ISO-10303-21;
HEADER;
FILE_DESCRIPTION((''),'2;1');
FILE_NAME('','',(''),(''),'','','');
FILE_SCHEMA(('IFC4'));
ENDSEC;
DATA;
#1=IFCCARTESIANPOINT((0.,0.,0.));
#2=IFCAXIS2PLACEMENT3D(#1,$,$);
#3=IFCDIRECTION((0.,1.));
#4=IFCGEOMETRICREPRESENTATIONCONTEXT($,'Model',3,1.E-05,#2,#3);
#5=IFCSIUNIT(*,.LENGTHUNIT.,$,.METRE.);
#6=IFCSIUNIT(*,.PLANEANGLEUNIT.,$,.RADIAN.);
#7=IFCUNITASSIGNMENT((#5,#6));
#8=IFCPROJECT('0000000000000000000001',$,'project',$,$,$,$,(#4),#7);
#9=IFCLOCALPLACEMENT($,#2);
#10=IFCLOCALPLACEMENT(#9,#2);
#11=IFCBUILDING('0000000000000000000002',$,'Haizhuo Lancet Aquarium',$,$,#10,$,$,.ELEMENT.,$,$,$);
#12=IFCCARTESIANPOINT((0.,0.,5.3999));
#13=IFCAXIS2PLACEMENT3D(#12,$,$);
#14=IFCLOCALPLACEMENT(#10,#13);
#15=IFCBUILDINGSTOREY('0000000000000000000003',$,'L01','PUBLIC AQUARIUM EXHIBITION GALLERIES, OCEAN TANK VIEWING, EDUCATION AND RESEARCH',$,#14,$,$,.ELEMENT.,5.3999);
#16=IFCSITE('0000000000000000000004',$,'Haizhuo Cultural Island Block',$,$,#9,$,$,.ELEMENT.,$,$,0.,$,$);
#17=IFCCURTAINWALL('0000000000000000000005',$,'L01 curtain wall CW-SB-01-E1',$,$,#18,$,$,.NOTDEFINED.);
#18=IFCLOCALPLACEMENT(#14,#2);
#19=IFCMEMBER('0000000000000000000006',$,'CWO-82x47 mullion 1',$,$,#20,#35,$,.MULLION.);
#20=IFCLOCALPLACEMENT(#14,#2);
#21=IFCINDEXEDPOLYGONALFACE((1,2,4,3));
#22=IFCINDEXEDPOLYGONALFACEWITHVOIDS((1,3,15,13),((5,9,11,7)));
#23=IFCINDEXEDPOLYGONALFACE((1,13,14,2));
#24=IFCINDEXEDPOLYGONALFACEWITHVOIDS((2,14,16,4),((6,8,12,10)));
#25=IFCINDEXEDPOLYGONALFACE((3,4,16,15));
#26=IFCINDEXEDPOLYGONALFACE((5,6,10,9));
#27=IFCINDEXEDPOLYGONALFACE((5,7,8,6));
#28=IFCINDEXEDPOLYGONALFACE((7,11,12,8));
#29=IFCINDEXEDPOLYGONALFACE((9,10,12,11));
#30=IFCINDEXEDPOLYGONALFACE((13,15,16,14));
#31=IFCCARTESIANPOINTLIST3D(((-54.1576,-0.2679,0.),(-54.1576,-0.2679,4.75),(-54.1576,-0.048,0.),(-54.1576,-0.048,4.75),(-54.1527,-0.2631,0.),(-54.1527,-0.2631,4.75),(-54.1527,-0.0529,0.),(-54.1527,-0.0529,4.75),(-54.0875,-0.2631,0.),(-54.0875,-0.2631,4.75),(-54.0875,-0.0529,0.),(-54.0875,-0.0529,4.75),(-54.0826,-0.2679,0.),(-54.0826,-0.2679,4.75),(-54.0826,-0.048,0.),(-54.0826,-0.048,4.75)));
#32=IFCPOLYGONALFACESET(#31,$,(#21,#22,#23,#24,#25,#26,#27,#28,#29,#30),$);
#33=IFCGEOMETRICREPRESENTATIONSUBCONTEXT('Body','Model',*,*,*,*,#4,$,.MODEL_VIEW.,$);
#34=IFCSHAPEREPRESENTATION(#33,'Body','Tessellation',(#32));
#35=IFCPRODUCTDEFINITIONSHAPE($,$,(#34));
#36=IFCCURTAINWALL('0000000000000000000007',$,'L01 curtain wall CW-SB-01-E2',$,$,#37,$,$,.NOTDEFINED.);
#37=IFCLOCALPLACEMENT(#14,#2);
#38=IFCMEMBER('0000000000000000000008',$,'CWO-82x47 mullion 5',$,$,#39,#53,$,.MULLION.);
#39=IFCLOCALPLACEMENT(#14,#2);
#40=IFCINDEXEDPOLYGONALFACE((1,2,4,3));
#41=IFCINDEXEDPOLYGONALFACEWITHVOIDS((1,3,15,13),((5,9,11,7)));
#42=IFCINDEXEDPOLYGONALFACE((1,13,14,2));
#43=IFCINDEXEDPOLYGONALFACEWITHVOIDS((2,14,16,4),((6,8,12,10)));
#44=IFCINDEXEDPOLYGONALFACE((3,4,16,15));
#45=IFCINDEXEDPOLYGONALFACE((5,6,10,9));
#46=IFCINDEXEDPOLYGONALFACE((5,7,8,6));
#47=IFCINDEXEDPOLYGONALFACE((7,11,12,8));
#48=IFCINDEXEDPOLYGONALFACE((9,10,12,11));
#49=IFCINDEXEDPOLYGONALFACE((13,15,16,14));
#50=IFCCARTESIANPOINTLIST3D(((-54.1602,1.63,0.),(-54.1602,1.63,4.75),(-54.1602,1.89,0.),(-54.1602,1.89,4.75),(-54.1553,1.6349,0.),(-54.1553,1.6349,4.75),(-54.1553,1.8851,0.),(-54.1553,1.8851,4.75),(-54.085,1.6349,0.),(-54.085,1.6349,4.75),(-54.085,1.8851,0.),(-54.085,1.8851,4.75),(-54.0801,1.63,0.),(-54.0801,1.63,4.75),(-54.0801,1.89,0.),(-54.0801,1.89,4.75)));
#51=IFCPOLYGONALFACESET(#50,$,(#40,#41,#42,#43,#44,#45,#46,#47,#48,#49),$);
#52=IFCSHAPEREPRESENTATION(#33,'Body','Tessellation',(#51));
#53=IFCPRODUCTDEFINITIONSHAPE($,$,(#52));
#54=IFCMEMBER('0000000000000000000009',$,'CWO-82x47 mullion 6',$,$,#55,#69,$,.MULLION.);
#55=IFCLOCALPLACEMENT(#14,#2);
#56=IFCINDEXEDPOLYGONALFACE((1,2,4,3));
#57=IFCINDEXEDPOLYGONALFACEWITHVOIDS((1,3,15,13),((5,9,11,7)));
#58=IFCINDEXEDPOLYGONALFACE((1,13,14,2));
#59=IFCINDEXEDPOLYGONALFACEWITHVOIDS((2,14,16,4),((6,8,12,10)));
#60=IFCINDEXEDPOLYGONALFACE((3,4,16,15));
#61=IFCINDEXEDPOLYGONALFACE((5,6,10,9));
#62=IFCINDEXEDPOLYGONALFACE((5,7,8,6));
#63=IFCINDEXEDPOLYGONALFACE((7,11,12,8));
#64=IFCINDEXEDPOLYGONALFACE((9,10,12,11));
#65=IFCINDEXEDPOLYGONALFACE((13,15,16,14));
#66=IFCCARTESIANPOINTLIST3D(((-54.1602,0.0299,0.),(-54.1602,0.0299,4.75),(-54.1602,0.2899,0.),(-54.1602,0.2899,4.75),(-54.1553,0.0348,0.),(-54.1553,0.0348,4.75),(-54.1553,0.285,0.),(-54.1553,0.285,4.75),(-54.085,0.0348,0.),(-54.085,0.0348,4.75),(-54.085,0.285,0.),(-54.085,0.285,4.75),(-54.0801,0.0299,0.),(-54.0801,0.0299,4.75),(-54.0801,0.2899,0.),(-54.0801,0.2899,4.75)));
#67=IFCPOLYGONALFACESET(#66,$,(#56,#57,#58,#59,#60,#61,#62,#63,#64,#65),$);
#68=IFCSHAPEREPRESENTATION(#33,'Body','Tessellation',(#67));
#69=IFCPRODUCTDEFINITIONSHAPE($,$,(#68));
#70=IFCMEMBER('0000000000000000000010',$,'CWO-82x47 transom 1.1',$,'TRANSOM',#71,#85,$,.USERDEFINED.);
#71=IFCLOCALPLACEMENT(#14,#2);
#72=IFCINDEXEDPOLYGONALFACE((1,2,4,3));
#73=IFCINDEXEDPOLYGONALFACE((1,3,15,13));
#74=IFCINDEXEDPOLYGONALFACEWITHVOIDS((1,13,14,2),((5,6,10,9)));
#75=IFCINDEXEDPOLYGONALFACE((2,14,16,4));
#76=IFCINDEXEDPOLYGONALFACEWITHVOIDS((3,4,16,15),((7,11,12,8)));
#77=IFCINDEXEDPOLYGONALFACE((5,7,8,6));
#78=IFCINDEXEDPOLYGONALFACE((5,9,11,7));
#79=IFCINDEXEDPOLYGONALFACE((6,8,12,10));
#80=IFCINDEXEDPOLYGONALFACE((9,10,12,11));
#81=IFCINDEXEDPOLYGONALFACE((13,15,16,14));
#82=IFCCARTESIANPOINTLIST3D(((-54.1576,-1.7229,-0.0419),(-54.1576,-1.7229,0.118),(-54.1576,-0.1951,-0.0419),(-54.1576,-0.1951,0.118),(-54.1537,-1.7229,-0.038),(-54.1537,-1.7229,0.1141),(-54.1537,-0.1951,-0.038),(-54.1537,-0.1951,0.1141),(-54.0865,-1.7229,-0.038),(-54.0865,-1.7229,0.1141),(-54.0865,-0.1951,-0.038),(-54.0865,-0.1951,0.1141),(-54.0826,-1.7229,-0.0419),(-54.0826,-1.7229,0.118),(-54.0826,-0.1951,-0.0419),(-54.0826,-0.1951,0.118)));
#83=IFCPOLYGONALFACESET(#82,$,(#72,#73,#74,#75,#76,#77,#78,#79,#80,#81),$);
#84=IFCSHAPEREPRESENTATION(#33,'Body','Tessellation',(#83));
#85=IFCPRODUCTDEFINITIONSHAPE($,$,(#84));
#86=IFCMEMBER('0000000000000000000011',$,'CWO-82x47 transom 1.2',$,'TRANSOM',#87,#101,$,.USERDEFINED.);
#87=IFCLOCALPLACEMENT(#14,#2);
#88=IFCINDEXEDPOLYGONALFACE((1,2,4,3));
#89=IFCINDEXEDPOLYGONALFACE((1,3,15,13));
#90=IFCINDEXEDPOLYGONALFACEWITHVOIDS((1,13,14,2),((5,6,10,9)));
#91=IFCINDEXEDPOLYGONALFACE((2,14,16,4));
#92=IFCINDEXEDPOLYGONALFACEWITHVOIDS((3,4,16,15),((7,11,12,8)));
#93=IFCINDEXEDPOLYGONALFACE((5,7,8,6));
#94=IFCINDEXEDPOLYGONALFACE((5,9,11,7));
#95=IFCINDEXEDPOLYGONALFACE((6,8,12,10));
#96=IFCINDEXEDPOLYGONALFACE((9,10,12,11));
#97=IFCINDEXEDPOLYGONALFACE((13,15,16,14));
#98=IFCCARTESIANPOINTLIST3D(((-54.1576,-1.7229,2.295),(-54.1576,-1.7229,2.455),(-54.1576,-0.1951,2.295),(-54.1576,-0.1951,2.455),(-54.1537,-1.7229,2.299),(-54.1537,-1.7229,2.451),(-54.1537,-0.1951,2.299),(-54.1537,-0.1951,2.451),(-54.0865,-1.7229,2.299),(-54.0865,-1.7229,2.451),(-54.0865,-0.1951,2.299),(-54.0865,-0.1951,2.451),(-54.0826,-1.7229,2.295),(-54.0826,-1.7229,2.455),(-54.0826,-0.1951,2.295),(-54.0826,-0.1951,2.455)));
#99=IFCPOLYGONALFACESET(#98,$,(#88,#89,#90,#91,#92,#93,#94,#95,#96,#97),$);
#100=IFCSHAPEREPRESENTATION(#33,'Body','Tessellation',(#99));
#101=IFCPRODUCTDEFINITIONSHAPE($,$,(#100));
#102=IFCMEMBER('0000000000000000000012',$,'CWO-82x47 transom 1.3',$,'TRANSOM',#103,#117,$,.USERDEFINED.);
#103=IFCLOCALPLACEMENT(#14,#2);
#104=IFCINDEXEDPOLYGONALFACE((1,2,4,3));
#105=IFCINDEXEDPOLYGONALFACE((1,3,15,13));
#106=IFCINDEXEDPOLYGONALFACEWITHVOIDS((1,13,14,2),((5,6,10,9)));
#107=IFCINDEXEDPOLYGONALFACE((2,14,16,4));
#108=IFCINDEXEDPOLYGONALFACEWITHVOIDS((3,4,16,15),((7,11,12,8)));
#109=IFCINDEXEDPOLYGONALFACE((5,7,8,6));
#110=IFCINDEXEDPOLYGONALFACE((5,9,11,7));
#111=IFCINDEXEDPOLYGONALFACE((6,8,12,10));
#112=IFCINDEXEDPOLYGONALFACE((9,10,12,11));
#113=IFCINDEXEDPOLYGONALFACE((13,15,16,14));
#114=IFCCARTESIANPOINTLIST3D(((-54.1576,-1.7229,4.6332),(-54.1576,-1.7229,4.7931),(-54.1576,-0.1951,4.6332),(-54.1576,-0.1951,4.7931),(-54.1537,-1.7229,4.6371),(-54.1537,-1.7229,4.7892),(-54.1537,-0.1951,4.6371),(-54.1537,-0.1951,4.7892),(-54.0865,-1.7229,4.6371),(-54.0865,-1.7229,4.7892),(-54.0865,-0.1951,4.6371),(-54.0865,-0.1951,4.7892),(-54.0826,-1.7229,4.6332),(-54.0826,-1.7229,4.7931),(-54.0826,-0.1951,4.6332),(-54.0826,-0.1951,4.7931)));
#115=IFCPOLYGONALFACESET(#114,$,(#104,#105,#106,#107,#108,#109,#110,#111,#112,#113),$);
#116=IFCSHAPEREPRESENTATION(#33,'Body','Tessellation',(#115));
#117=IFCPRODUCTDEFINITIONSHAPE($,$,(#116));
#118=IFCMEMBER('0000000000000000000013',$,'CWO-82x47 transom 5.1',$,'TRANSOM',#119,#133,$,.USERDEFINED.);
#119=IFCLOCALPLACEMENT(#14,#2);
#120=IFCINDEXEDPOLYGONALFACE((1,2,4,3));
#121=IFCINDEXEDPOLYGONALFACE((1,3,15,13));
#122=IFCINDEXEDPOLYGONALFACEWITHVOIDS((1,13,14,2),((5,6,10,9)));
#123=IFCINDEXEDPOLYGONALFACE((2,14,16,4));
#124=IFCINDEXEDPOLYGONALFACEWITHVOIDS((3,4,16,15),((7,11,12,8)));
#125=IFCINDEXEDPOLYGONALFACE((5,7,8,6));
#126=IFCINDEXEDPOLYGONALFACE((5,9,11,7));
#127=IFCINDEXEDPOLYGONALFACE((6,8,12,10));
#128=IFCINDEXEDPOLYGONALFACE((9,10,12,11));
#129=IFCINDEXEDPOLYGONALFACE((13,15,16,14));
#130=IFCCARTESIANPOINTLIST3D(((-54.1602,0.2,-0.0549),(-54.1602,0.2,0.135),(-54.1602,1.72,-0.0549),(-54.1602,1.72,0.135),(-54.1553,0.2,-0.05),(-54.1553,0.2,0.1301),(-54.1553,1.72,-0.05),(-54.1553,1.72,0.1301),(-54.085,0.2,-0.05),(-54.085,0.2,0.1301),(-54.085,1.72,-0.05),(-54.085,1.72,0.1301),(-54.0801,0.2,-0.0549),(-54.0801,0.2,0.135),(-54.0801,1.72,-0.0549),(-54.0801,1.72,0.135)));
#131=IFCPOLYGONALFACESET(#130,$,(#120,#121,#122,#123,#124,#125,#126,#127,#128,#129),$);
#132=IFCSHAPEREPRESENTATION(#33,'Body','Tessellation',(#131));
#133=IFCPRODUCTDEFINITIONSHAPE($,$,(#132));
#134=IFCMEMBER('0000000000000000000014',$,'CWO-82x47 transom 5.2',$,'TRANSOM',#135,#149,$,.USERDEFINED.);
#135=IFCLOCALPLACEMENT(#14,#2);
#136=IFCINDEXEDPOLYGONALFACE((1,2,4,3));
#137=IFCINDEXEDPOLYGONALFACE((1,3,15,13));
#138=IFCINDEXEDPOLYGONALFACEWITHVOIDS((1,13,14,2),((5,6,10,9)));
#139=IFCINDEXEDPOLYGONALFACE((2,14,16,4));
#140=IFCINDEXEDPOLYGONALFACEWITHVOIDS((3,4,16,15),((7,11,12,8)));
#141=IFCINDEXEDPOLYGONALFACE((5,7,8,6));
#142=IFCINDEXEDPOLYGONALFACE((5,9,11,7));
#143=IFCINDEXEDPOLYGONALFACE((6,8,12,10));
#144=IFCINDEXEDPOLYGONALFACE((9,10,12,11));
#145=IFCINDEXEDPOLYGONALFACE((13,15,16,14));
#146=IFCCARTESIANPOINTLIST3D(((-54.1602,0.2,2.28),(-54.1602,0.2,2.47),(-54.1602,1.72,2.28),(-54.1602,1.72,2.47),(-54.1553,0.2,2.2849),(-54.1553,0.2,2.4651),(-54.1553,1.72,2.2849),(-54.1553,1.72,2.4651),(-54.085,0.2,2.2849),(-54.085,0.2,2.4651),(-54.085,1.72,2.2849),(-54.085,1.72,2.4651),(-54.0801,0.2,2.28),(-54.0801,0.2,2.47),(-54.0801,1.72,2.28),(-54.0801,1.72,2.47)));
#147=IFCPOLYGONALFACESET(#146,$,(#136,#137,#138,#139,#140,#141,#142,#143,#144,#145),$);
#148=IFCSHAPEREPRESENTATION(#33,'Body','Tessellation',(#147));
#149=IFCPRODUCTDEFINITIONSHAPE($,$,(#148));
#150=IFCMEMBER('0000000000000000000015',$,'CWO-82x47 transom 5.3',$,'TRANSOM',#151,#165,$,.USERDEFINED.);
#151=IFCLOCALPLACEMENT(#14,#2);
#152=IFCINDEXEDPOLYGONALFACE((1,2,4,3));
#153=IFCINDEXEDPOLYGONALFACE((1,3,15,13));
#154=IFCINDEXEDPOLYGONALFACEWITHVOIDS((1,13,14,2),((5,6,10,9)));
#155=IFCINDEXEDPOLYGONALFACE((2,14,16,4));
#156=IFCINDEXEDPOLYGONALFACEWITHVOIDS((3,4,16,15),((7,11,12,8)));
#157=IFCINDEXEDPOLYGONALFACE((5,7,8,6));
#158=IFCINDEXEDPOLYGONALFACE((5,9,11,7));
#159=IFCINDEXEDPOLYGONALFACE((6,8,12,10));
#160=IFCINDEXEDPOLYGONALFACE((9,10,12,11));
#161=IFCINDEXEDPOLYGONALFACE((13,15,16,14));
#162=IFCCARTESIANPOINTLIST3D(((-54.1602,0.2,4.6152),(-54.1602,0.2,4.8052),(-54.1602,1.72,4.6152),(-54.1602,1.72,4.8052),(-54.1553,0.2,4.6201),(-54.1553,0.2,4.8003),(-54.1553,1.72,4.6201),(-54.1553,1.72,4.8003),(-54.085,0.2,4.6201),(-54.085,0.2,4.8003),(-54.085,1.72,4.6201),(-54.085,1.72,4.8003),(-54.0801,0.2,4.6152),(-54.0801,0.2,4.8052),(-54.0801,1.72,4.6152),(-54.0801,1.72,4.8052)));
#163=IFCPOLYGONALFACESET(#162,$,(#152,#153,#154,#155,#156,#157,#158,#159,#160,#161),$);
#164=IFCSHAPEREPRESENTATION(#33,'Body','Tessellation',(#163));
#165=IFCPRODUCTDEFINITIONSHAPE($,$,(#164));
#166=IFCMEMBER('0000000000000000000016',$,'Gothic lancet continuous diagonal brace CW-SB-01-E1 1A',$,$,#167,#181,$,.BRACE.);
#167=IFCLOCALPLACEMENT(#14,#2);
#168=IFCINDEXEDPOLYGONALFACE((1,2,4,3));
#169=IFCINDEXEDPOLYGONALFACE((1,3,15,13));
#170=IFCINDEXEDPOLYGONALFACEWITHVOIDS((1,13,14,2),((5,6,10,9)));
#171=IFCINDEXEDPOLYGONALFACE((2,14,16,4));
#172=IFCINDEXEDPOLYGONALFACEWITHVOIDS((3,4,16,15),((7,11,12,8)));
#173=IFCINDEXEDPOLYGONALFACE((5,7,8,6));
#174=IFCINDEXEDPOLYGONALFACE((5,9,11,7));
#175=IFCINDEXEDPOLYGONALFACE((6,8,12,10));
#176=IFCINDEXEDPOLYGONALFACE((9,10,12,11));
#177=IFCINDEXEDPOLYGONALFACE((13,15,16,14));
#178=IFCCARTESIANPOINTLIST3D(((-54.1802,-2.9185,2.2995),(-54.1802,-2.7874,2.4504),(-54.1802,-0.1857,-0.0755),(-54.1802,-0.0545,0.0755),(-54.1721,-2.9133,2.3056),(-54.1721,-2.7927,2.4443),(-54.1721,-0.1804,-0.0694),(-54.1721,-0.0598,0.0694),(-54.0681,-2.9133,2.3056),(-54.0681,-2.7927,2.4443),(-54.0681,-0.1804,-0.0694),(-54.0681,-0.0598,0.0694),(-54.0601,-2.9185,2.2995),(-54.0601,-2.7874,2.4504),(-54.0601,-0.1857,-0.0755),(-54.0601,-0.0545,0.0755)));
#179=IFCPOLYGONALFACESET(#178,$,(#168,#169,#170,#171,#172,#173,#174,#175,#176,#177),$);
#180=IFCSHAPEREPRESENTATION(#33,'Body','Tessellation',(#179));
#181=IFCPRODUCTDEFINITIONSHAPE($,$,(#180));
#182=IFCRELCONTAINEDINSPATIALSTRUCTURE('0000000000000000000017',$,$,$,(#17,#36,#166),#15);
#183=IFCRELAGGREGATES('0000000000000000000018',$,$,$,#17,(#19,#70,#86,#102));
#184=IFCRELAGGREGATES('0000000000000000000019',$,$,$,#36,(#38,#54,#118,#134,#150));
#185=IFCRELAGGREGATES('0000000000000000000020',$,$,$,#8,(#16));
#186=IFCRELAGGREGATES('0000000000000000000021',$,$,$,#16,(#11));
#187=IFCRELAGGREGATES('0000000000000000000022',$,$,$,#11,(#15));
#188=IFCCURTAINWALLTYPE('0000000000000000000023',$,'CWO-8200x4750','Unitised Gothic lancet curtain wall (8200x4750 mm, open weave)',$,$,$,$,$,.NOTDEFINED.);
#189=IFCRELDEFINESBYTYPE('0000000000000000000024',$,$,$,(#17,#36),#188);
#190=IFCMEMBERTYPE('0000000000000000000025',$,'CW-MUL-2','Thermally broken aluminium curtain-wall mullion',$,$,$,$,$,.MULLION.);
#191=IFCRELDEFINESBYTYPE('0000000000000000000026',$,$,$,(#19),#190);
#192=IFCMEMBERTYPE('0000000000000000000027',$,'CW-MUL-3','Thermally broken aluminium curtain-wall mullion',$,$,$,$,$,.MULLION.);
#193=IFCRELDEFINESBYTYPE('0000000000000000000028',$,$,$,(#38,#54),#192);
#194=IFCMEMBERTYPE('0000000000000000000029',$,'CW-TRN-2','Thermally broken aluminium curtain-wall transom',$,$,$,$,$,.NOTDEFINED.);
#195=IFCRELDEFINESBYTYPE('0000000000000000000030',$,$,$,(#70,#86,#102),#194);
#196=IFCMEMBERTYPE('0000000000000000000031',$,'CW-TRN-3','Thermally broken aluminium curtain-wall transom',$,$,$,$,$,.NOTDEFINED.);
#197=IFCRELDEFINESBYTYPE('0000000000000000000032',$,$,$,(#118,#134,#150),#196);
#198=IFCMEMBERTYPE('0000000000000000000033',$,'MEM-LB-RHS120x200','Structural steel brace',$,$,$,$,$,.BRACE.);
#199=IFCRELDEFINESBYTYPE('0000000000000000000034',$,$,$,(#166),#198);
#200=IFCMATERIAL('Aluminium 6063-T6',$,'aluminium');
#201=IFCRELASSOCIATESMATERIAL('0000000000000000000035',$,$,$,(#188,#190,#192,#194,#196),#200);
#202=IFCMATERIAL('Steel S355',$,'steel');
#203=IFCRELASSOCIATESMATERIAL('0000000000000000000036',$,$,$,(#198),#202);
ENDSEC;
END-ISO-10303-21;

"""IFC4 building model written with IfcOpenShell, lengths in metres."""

from ifc_helpers import new_model, si_unit, direction, frame, origin, origin_2d, place, context, subcontext, project, spatial, hollow_rectangle, extrude, material, material_profile, profile_set, type_object, element, aggregate, save


model = new_model("IFC4")

# Units and contexts
model_context = context("Model", 3, precision=1e-05, world=origin(), true_north=direction((0.0, 1.0)))
body_context = subcontext(model_context, "Body", "Model", "MODEL_VIEW")
ifc_project = project(units=[si_unit("LENGTHUNIT", "METRE"), si_unit("PLANEANGLEUNIT", "RADIAN")], contexts=[model_context])

# Site, building, storey
site_placement = place(None, origin())
site = spatial("IfcSite", under=ifc_project, at=site_placement, Name="Haizhuo Cultural Island Block", CompositionType="ELEMENT", RefElevation=0.0)
building_placement = place(site_placement, origin())
building = spatial("IfcBuilding", under=site, at=building_placement, Name="Haizhuo Lancet Aquarium", CompositionType="ELEMENT")
storey_placement = place(building_placement, frame((0.0, 0.0, 5.3999)))
storey = spatial("IfcBuildingStorey", under=building, at=storey_placement, Name="L01", Description="PUBLIC AQUARIUM EXHIBITION GALLERIES, OCEAN TANK VIEWING, EDUCATION AND RESEARCH", CompositionType="ELEMENT", Elevation=5.3999)

# Curtain wall, member
ifc_material_1 = material(Name="Aluminium 6063-T6", Category="aluminium")
curtain_wall_type = type_object("IfcCurtainWallType", Name="CWO-8200x4750", Description="Unitised Gothic lancet curtain wall (8200x4750 mm, open weave)", PredefinedType="NOTDEFINED", material=ifc_material_1)
curtain_wall_1_placement = place(storey_placement, origin())
curtain_wall_1 = element("IfcCurtainWall", 1, at=curtain_wall_1_placement, inside=storey, type_object=curtain_wall_type, Name="L01 curtain wall CW-SB-01-E1", PredefinedType="NOTDEFINED")
ifc_material_profile_1 = material_profile(ifc_material_1, hollow_rectangle(XDim=0.075, YDim=0.22, WallThickness=0.0049, at=origin_2d()), Name="ALU-M 75x220x5")
ifc_profile_set_1 = profile_set([ifc_material_profile_1], Name="Aluminium 6063-T6")
member_type_1 = type_object("IfcMemberType", Name="CW-MUL-2", Description="Thermally broken aluminium curtain-wall mullion", PredefinedType="MULLION", material=ifc_profile_set_1)
member_1_placement = place(storey_placement, frame((-54.1201, -0.158, 0.0), z_axis=(0.0, 0.0, 1.0), x_axis=(1.0, 0.0, 0.0)))
member_1 = element("IfcMember", 2, at=member_1_placement, type_object=member_type_1, Name="CWO-82x47 mullion 1", PredefinedType="MULLION", context=body_context, shape_type="SweptSolid", body=[
    extrude(hollow_rectangle(XDim=0.075, YDim=0.22, WallThickness=0.0049, at=origin_2d()), origin(), (0.0, 0.0, 1.0), 4.75),
])

# Curtain wall, members
curtain_wall_2_placement = place(storey_placement, origin())
curtain_wall_2 = element("IfcCurtainWall", 3, at=curtain_wall_2_placement, inside=storey, type_object=curtain_wall_type, Name="L01 curtain wall CW-SB-01-E2", PredefinedType="NOTDEFINED")
ifc_material_profile_2 = material_profile(ifc_material_1, hollow_rectangle(XDim=0.0801, YDim=0.26, WallThickness=0.0049, at=origin_2d()), Name="ALU-M 80x260x5")
ifc_profile_set_2 = profile_set([ifc_material_profile_2], Name="Aluminium 6063-T6")
member_type_2 = type_object("IfcMemberType", Name="CW-MUL-3", Description="Thermally broken aluminium curtain-wall mullion", PredefinedType="MULLION", material=ifc_profile_set_2)
member_2_placement = place(storey_placement, frame((-54.1201, 1.76, 0.0), z_axis=(0.0, 0.0, 1.0), x_axis=(1.0, 0.0, 0.0)))
member_2 = element("IfcMember", 4, at=member_2_placement, type_object=member_type_2, Name="CWO-82x47 mullion 5", PredefinedType="MULLION", context=body_context, shape_type="SweptSolid", body=[
    extrude(hollow_rectangle(XDim=0.0801, YDim=0.26, WallThickness=0.0049, at=origin_2d()), origin(), (0.0, 0.0, 1.0), 4.75),
])
member_3_placement = place(storey_placement, frame((-54.1201, 0.1599, 0.0), z_axis=(0.0, 0.0, 1.0), x_axis=(1.0, 0.0, 0.0)))
member_3 = element("IfcMember", 5, at=member_3_placement, type_object=member_type_2, Name="CWO-82x47 mullion 6", PredefinedType="MULLION", context=body_context, shape_type="SweptSolid", body=[
    extrude(hollow_rectangle(XDim=0.0801, YDim=0.26, WallThickness=0.0049, at=origin_2d()), origin(), (0.0, 0.0, 1.0), 4.75),
])

# Members
ifc_material_profile_3 = material_profile(ifc_material_1, hollow_rectangle(XDim=0.075, YDim=0.1599, WallThickness=0.0039, at=origin_2d()), Name="ALU-T 75x160x4")
ifc_profile_set_3 = profile_set([ifc_material_profile_3], Name="Aluminium 6063-T6")
member_type_3 = type_object("IfcMemberType", Name="CW-TRN-2", Description="Thermally broken aluminium curtain-wall transom", PredefinedType="NOTDEFINED", material=ifc_profile_set_3)
member_4_placement = place(storey_placement, frame((-54.1201, -0.1951, 0.0381), z_axis=(0.0, -1.0, 0.0), x_axis=(1.0, 0.0, 0.0)))
member_4 = element("IfcMember", 6, at=member_4_placement, type_object=member_type_3, Name="CWO-82x47 transom 1.1", ObjectType="TRANSOM", PredefinedType="USERDEFINED", context=body_context, shape_type="SweptSolid", body=[
    extrude(hollow_rectangle(XDim=0.075, YDim=0.1599, WallThickness=0.0039, at=origin_2d()), origin(), (0.0, 0.0, 1.0), 1.5278),
])
member_5_placement = place(storey_placement, frame((-54.1201, -0.1951, 2.375), z_axis=(0.0, -1.0, 0.0), x_axis=(1.0, 0.0, 0.0)))
member_5 = element("IfcMember", 7, at=member_5_placement, type_object=member_type_3, Name="CWO-82x47 transom 1.2", ObjectType="TRANSOM", PredefinedType="USERDEFINED", context=body_context, shape_type="SweptSolid", body=[
    extrude(hollow_rectangle(XDim=0.075, YDim=0.1599, WallThickness=0.0039, at=origin_2d()), origin(), (0.0, 0.0, 1.0), 1.5278),
])
member_6_placement = place(storey_placement, frame((-54.1201, -0.1951, 4.7131), z_axis=(0.0, -1.0, 0.0), x_axis=(1.0, 0.0, 0.0)))
member_6 = element("IfcMember", 8, at=member_6_placement, type_object=member_type_3, Name="CWO-82x47 transom 1.3", ObjectType="TRANSOM", PredefinedType="USERDEFINED", context=body_context, shape_type="SweptSolid", body=[
    extrude(hollow_rectangle(XDim=0.075, YDim=0.1599, WallThickness=0.0039, at=origin_2d()), origin(), (0.0, 0.0, 1.0), 1.5278),
])
ifc_material_profile_4 = material_profile(ifc_material_1, hollow_rectangle(XDim=0.0801, YDim=0.1899, WallThickness=0.0049, at=origin_2d()), Name="ALU-T 80x190x5")
ifc_profile_set_4 = profile_set([ifc_material_profile_4], Name="Aluminium 6063-T6")
member_type_4 = type_object("IfcMemberType", Name="CW-TRN-3", Description="Thermally broken aluminium curtain-wall transom", PredefinedType="NOTDEFINED", material=ifc_profile_set_4)
member_7_placement = place(storey_placement, frame((-54.1201, 1.72, 0.04), z_axis=(0.0, -1.0, 0.0), x_axis=(1.0, 0.0, 0.0)))
member_7 = element("IfcMember", 9, at=member_7_placement, type_object=member_type_4, Name="CWO-82x47 transom 5.1", ObjectType="TRANSOM", PredefinedType="USERDEFINED", context=body_context, shape_type="SweptSolid", body=[
    extrude(hollow_rectangle(XDim=0.0801, YDim=0.1899, WallThickness=0.0049, at=origin_2d()), origin(), (0.0, 0.0, 1.0), 1.52),
])
member_8_placement = place(storey_placement, frame((-54.1201, 1.72, 2.375), z_axis=(0.0, -1.0, 0.0), x_axis=(1.0, 0.0, 0.0)))
member_8 = element("IfcMember", 10, at=member_8_placement, type_object=member_type_4, Name="CWO-82x47 transom 5.2", ObjectType="TRANSOM", PredefinedType="USERDEFINED", context=body_context, shape_type="SweptSolid", body=[
    extrude(hollow_rectangle(XDim=0.0801, YDim=0.1899, WallThickness=0.0049, at=origin_2d()), origin(), (0.0, 0.0, 1.0), 1.52),
])
member_9_placement = place(storey_placement, frame((-54.1201, 1.72, 4.7102), z_axis=(0.0, -1.0, 0.0), x_axis=(1.0, 0.0, 0.0)))
member_9 = element("IfcMember", 11, at=member_9_placement, type_object=member_type_4, Name="CWO-82x47 transom 5.3", ObjectType="TRANSOM", PredefinedType="USERDEFINED", context=body_context, shape_type="SweptSolid", body=[
    extrude(hollow_rectangle(XDim=0.0801, YDim=0.1899, WallThickness=0.0049, at=origin_2d()), origin(), (0.0, 0.0, 1.0), 1.52),
])

# Member
ifc_material_2 = material(Name="Steel S355", Category="steel")
ifc_material_profile_5 = material_profile(ifc_material_2, hollow_rectangle(XDim=0.1201, YDim=0.2, WallThickness=0.0081, at=origin_2d()), Name="RHS 120x200x8")
ifc_profile_set_5 = profile_set([ifc_material_profile_5], Name="Steel S355")
member_type_5 = type_object("IfcMemberType", Name="MEM-LB-RHS120x200", Description="Structural steel brace", PredefinedType="BRACE", material=ifc_profile_set_5)
for number, where, z_axis, x_axis, name in (
    (12, (-54.1201, -0.1201, 0.0), (0.0, -0.754803, 0.655952), (1.0, 0.0, 0.0), "Gothic lancet continuous diagonal brace CW-SB-01-E1 1A"),
):
    element("IfcMember", number, at=place(storey_placement, frame(where, z_axis=z_axis, x_axis=x_axis)), inside=storey, type_object=member_type_5, Name=name, PredefinedType="BRACE", context=body_context, shape_type="SweptSolid", body=[
        extrude(hollow_rectangle(XDim=0.1201, YDim=0.2, WallThickness=0.0081, at=origin_2d()), origin(), (0.0, 0.0, 1.0), 3.6206),
    ])

aggregate(curtain_wall_1, [member_1, member_4, member_5, member_6])
aggregate(curtain_wall_2, [member_2, member_3, member_7, member_8, member_9])

save(model, "model.ifc")
